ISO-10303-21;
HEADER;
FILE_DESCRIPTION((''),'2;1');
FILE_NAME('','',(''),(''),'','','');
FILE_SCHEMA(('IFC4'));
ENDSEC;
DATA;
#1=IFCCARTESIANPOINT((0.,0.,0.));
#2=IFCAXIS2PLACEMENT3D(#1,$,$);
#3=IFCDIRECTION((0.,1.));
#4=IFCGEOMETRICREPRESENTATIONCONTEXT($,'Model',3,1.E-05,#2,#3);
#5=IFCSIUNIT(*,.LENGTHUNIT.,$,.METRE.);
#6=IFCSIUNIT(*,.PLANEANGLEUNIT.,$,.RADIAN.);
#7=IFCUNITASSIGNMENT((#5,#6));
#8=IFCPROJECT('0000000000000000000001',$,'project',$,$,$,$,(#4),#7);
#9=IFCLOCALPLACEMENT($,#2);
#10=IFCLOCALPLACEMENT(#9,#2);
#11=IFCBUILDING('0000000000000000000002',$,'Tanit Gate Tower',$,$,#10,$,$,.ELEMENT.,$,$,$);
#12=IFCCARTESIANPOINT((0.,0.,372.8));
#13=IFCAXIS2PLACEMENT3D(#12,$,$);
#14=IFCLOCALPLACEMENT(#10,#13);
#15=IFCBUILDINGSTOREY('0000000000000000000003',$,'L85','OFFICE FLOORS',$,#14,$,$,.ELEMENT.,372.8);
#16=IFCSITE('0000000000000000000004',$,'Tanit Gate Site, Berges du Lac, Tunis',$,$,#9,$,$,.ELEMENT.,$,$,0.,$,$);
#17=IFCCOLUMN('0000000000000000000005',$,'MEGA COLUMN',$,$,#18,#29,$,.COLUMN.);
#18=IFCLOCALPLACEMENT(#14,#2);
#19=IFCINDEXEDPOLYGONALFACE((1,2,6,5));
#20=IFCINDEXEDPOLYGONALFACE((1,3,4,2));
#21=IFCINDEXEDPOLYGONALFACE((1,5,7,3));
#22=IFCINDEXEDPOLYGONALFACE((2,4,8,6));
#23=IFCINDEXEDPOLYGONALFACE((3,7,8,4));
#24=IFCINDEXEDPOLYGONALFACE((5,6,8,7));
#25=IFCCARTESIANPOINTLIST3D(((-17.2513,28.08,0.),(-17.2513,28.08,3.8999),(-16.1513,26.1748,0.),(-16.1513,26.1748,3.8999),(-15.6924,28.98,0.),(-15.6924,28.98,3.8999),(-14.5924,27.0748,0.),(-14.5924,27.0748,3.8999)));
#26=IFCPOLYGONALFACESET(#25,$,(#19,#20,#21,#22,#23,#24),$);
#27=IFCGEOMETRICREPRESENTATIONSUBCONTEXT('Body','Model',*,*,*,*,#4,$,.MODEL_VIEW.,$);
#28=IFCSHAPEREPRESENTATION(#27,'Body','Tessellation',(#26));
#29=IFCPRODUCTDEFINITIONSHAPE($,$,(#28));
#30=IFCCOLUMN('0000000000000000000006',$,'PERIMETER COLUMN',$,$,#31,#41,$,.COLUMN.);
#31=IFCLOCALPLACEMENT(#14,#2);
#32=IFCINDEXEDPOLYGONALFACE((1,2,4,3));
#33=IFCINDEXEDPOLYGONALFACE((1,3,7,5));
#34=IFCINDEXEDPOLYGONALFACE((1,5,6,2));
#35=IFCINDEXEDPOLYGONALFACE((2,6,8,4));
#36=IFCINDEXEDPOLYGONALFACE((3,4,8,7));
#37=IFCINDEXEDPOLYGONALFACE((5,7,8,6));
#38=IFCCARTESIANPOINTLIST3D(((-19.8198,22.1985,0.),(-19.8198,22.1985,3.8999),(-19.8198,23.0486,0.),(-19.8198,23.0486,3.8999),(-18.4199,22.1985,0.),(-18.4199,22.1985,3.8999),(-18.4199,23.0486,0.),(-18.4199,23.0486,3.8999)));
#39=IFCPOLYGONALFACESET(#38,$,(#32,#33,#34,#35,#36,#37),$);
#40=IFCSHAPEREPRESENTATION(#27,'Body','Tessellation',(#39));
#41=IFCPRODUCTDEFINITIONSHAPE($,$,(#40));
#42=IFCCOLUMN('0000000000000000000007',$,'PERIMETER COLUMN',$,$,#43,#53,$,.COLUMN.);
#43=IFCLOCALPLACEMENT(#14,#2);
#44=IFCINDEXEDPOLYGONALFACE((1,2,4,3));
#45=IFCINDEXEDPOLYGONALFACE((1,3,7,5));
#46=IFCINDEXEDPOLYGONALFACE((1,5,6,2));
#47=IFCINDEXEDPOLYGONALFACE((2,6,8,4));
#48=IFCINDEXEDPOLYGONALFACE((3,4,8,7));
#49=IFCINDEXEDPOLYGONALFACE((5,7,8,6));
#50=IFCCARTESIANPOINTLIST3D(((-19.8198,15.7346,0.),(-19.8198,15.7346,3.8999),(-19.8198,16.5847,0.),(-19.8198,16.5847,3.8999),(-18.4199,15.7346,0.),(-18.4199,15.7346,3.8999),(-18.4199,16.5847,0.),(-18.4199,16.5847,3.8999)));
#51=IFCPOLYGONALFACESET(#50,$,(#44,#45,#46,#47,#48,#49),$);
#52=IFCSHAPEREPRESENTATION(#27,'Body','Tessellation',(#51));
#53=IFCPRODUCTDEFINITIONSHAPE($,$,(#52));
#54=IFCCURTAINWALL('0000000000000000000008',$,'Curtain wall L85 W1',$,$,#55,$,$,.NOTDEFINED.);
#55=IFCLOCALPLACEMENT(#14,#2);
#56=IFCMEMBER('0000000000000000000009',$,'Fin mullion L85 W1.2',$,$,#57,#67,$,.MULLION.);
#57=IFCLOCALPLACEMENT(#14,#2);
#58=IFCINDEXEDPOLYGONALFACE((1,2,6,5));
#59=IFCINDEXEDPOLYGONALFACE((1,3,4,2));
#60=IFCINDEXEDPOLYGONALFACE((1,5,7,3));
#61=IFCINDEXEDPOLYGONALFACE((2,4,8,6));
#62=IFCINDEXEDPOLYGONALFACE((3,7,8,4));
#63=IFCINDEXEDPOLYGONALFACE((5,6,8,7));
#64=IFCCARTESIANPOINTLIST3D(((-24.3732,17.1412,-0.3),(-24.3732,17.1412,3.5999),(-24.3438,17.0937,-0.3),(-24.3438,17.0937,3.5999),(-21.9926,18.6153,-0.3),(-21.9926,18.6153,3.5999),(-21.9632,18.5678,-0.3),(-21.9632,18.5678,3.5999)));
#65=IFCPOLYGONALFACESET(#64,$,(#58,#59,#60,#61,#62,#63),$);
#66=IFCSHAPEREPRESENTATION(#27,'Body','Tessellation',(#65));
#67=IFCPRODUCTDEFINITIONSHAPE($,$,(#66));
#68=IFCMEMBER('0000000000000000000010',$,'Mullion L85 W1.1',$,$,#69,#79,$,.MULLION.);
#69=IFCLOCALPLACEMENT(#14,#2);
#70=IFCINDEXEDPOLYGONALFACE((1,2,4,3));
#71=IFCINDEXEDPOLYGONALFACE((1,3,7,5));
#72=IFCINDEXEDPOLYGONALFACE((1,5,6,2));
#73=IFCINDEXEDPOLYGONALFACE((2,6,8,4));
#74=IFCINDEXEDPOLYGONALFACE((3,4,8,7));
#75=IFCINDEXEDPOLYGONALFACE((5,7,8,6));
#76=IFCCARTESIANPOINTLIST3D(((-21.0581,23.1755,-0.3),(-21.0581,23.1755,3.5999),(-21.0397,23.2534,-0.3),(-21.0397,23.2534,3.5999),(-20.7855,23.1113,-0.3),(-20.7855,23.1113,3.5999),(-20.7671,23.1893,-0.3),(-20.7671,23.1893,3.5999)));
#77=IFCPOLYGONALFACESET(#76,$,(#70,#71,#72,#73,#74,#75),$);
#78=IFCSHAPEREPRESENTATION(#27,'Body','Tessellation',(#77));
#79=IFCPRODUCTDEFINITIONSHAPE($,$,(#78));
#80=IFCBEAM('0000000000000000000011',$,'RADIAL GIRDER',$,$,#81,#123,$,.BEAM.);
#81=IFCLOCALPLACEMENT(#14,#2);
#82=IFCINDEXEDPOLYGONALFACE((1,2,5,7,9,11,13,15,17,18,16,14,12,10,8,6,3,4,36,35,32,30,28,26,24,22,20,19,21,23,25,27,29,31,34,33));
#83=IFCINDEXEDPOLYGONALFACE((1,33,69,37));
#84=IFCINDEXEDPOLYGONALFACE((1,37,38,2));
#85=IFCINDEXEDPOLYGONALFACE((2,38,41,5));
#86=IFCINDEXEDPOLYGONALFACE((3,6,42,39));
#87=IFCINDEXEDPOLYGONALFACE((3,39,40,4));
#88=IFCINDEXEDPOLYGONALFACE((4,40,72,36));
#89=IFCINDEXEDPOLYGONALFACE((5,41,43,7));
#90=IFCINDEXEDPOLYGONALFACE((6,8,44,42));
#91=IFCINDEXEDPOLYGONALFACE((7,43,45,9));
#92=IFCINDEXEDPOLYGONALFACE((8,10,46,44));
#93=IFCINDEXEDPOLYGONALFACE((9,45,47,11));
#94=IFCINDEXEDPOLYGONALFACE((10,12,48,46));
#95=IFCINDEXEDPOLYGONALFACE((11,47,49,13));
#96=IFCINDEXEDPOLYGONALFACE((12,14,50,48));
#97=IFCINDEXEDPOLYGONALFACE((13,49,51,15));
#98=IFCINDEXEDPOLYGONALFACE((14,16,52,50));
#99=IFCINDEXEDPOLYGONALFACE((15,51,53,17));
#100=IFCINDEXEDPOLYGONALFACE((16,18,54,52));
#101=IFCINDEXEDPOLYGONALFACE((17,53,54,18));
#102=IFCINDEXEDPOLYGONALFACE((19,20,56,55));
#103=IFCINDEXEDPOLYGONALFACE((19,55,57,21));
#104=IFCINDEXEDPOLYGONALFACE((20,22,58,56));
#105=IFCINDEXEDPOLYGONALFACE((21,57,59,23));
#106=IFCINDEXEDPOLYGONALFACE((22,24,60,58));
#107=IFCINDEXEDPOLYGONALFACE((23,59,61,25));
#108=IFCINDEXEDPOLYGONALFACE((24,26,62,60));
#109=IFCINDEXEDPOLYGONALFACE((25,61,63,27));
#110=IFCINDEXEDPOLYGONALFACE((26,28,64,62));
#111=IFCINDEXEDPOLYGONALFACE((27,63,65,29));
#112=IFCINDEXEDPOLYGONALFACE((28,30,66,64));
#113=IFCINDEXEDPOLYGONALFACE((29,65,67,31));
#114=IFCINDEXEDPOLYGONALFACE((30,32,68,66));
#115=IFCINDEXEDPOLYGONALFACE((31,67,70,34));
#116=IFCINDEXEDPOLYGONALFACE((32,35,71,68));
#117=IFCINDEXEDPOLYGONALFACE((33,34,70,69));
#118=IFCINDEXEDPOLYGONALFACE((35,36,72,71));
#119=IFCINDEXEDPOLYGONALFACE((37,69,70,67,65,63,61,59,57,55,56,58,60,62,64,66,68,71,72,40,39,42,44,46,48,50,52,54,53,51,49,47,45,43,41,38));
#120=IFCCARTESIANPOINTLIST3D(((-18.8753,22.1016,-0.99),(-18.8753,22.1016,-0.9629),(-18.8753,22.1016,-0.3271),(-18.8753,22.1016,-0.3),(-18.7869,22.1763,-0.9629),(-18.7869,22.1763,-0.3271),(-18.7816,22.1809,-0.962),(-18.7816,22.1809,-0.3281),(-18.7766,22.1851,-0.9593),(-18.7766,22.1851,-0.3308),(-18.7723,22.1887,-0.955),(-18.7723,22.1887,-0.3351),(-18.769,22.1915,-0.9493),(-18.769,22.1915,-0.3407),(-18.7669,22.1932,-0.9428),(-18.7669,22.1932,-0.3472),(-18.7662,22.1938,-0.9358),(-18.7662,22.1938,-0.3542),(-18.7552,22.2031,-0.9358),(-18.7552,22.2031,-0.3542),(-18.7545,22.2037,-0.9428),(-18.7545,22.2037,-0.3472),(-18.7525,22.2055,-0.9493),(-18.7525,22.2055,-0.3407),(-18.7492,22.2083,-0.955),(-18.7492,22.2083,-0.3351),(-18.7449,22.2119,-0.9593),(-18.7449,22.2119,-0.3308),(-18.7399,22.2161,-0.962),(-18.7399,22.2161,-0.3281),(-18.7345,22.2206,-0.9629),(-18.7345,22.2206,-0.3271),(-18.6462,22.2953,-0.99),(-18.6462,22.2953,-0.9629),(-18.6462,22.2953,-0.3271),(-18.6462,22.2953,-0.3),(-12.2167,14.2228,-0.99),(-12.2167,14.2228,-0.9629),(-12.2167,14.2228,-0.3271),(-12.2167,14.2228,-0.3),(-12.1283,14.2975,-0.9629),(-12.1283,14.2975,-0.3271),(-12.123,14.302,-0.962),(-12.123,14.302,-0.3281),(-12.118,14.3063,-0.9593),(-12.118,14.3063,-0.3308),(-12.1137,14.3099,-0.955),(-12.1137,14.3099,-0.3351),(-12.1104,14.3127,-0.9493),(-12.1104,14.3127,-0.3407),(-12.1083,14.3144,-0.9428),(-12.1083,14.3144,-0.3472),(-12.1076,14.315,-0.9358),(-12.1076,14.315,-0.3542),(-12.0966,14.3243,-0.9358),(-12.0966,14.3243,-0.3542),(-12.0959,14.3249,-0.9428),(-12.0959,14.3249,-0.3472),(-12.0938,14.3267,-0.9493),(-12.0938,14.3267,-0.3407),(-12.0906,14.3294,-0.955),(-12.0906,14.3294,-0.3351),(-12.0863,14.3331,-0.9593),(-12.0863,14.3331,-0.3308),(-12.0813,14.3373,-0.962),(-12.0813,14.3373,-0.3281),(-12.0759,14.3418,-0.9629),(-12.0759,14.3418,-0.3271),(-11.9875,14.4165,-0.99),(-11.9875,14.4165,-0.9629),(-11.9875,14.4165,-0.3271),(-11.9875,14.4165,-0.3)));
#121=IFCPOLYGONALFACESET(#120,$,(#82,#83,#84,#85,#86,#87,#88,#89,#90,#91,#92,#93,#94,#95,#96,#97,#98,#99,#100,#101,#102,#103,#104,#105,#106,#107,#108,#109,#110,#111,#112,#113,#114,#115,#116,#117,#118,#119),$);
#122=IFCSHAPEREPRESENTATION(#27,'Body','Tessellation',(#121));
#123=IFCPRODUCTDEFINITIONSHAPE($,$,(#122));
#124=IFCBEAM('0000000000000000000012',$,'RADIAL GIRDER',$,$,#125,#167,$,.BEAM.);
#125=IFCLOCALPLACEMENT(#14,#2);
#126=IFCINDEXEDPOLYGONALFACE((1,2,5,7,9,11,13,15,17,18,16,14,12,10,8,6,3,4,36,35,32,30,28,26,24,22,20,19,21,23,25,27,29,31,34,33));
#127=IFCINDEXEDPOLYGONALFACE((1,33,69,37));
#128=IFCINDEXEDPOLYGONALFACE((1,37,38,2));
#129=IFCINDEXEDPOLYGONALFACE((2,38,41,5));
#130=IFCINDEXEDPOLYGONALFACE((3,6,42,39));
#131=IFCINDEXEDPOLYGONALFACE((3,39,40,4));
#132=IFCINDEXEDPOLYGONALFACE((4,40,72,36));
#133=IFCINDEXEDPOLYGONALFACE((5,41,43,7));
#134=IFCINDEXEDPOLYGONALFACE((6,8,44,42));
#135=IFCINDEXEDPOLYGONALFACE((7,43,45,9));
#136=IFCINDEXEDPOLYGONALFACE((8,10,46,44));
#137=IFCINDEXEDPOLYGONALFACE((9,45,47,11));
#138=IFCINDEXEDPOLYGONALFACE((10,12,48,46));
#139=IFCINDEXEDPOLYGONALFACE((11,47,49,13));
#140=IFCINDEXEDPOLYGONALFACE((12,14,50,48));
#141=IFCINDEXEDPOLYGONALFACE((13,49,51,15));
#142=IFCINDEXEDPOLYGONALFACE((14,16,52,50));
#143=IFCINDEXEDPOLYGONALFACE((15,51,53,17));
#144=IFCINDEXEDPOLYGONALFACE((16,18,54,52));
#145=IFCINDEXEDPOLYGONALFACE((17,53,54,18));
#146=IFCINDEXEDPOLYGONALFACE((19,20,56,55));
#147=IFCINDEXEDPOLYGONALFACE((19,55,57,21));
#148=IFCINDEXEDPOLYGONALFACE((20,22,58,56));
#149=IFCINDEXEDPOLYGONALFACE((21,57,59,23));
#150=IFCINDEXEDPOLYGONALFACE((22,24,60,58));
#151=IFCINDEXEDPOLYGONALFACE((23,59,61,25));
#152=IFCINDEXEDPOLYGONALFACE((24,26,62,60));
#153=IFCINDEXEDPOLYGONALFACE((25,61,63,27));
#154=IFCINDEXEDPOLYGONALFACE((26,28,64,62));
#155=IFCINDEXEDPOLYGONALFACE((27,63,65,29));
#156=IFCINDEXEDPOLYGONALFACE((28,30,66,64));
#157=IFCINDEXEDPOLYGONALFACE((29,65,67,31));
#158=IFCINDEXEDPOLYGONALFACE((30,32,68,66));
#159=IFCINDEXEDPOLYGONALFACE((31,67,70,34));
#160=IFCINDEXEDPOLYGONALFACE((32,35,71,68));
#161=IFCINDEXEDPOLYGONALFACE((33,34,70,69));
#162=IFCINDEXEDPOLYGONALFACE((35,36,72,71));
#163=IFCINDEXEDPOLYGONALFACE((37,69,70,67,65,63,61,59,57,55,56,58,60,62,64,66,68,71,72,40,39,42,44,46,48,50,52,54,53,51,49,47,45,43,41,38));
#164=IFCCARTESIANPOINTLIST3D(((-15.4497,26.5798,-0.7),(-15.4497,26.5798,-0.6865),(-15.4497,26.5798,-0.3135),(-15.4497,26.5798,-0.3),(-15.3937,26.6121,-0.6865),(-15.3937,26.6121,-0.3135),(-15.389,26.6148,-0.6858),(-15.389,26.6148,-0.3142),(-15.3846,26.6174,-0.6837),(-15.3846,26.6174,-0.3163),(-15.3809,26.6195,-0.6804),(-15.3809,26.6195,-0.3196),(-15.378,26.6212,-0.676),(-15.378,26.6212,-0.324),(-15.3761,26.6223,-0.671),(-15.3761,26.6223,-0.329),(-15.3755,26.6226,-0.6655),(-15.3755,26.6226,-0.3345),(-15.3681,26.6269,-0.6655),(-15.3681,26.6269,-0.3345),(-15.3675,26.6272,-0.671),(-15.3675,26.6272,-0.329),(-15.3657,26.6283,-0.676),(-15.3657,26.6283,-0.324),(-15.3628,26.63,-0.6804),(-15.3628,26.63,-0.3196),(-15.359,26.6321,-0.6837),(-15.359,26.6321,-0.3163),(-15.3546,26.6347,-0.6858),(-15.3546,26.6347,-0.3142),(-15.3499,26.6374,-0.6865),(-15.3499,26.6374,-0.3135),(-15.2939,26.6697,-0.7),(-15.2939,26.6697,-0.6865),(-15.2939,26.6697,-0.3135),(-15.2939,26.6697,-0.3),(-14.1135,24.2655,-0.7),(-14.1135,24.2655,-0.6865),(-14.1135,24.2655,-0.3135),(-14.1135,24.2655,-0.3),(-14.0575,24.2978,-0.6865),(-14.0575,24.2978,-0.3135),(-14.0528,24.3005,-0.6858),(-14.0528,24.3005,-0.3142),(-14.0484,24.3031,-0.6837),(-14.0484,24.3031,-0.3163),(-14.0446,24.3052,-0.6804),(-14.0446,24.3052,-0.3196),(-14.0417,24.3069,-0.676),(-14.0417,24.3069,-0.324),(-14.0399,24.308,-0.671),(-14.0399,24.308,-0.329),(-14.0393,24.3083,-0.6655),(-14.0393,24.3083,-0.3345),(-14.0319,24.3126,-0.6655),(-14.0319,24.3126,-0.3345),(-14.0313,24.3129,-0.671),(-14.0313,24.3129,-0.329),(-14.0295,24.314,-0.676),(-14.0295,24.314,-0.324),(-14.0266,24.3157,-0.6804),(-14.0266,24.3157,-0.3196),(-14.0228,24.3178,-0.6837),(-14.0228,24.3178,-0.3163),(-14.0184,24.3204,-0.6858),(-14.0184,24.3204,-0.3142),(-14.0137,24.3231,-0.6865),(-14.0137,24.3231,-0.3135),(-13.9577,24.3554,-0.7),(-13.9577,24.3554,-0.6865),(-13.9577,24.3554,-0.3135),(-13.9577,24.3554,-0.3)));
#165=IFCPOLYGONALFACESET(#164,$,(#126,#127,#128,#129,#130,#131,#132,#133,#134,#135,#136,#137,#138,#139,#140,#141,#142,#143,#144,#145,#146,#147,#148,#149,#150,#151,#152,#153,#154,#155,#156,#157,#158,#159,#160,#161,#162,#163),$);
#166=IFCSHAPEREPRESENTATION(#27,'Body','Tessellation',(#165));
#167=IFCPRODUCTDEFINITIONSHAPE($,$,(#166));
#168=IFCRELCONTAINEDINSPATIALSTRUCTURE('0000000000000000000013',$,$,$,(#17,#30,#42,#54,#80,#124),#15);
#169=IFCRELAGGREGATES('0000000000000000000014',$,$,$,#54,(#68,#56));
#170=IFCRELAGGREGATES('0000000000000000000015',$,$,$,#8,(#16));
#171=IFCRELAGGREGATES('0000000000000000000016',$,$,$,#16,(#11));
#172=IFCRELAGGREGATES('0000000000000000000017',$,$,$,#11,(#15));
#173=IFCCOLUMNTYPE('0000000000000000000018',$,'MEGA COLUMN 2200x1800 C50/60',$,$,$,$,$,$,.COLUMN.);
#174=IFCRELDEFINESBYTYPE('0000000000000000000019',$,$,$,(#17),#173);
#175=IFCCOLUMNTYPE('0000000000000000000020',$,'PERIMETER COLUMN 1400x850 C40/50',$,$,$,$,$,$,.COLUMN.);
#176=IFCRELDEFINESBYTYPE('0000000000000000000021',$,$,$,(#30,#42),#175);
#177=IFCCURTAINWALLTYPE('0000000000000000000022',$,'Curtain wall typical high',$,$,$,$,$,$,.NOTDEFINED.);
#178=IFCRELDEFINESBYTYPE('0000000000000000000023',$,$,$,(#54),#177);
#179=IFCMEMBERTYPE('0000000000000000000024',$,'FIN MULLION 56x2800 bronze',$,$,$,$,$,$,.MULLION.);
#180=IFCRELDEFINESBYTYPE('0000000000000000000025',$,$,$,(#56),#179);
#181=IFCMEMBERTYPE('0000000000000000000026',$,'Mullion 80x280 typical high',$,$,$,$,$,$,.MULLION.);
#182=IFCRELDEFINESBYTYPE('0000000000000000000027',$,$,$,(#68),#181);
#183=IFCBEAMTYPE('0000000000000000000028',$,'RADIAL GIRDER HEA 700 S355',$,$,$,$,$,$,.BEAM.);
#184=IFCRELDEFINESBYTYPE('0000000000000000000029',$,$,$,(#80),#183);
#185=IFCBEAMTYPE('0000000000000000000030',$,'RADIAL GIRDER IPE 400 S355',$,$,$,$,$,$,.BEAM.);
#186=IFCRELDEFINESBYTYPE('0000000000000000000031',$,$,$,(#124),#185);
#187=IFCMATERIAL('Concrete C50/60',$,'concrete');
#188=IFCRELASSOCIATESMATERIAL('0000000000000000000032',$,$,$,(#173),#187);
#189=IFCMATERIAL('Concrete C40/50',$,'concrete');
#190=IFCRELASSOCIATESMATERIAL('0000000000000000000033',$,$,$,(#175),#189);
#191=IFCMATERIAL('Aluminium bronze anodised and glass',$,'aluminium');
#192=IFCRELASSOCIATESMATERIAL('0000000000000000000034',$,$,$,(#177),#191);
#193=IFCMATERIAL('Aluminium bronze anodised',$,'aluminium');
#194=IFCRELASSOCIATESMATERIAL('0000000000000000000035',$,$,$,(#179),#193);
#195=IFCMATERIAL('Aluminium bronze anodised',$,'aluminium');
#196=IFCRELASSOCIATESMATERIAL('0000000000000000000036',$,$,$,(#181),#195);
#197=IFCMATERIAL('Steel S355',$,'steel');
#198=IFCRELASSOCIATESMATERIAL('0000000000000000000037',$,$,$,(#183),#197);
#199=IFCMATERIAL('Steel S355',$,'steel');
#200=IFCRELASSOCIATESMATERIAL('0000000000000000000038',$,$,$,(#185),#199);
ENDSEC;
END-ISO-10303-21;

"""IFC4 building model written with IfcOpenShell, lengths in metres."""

from ifc_helpers import new_model, si_unit, direction, frame, origin, origin_2d, place, context, subcontext, project, spatial, rectangle, i_section, extrude, material, material_profile, profile_set, type_object, element, aggregate, save


model = new_model("IFC4")

# Units and contexts
model_context = context("Model", 3, precision=1e-05, world=origin(), true_north=direction((0.0, 1.0)))
body_context = subcontext(model_context, "Body", "Model", "MODEL_VIEW")
ifc_project = project(units=[si_unit("LENGTHUNIT", "METRE"), si_unit("PLANEANGLEUNIT", "RADIAN")], contexts=[model_context])

# Site, building, storey
site_placement = place(None, origin())
site = spatial("IfcSite", under=ifc_project, at=site_placement, Name="Tanit Gate Site, Berges du Lac, Tunis", CompositionType="ELEMENT", RefElevation=0.0)
building_placement = place(site_placement, origin())
building = spatial("IfcBuilding", under=site, at=building_placement, Name="Tanit Gate Tower", CompositionType="ELEMENT")
storey_placement = place(building_placement, frame((0.0, 0.0, 372.8)))
storey = spatial("IfcBuildingStorey", under=building, at=storey_placement, Name="L85", Description="OFFICE FLOORS", CompositionType="ELEMENT", Elevation=372.8)

# Columns
ifc_material_1 = material(Name="Concrete C50/60", Category="concrete")
ifc_material_profile_1 = material_profile(ifc_material_1, rectangle(XDim=2.2, YDim=1.8, at=origin_2d()), Name="RC 2200x1800")
ifc_profile_set_1 = profile_set([ifc_material_profile_1], Name="Concrete C50/60")
column_type_1 = type_object("IfcColumnType", Name="MEGA COLUMN 2200x1800 C50/60", PredefinedType="COLUMN", material=ifc_profile_set_1)
column_placement = place(storey_placement, frame((-15.9219, 27.5774, 0.0), z_axis=(0.0, 0.0, 1.0), x_axis=(-0.5, 0.866025, 0.0)))
element("IfcColumn", 1, at=column_placement, inside=storey, type_object=column_type_1, Name="MEGA COLUMN", PredefinedType="COLUMN", context=body_context, shape_type="SweptSolid", body=[
    extrude(rectangle(XDim=2.2, YDim=1.8, at=origin_2d()), origin(), (0.0, 0.0, 1.0), 3.8999),
])
ifc_material_2 = material(Name="Concrete C40/50", Category="concrete")
ifc_material_profile_2 = material_profile(ifc_material_2, rectangle(XDim=1.3999, YDim=0.8501, at=origin_2d()), Name="RC 1400x850")
ifc_profile_set_2 = profile_set([ifc_material_profile_2], Name="Concrete C40/50")
column_type_2 = type_object("IfcColumnType", Name="PERIMETER COLUMN 1400x850 C40/50", PredefinedType="COLUMN", material=ifc_profile_set_2)
for number, where, z_axis, x_axis, name in (
    (2, (-19.1199, 22.6235, 0.0), (0.0, 0.0, 1.0), (-1.0, 0.0, 0.0), "PERIMETER COLUMN"),
    (3, (-19.1199, 16.1597, 0.0), (0.0, 0.0, 1.0), (-1.0, 0.0, 0.0), "PERIMETER COLUMN"),
):
    element("IfcColumn", number, at=place(storey_placement, frame(where, z_axis=z_axis, x_axis=x_axis)), inside=storey, type_object=column_type_2, Name=name, PredefinedType="COLUMN", context=body_context, shape_type="SweptSolid", body=[
        extrude(rectangle(XDim=1.3999, YDim=0.8501, at=origin_2d()), origin(), (0.0, 0.0, 1.0), 3.8999),
    ])

# Curtain wall, members
ifc_material_3 = material(Name="Aluminium bronze anodised and glass", Category="aluminium")
curtain_wall_type = type_object("IfcCurtainWallType", Name="Curtain wall typical high", PredefinedType="NOTDEFINED", material=ifc_material_3)
curtain_wall_placement = place(storey_placement, origin())
curtain_wall = element("IfcCurtainWall", 4, at=curtain_wall_placement, inside=storey, type_object=curtain_wall_type, Name="Curtain wall L85 W1", PredefinedType="NOTDEFINED")
ifc_material_4 = material(Name="Aluminium bronze anodised", Category="aluminium")
ifc_material_profile_3 = material_profile(ifc_material_4, rectangle(XDim=2.8, YDim=0.0559, at=origin_2d()), Name="56x2800 bronze fin mullion")
ifc_profile_set_3 = profile_set([ifc_material_profile_3], Name="Aluminium bronze anodised")
member_type_1 = type_object("IfcMemberType", Name="FIN MULLION 56x2800 bronze", PredefinedType="MULLION", material=ifc_profile_set_3)
member_1_placement = place(storey_placement, frame((-23.1682, 17.8545, -0.3), z_axis=(0.0, 0.0, 1.0), x_axis=(0.850209, 0.526445, 0.0)))
member_1 = element("IfcMember", 5, at=member_1_placement, type_object=member_type_1, Name="Fin mullion L85 W1.2", PredefinedType="MULLION", context=body_context, shape_type="SweptSolid", body=[
    extrude(rectangle(XDim=2.8, YDim=0.0559, at=origin_2d()), origin(), (0.0, 0.0, 1.0), 3.8999),
])
ifc_material_5 = material(Name="Aluminium bronze anodised", Category="aluminium")
ifc_material_profile_4 = material_profile(ifc_material_5, rectangle(XDim=0.28, YDim=0.0801, at=origin_2d()), Name="80x280 bronze mullion")
ifc_profile_set_4 = profile_set([ifc_material_profile_4], Name="Aluminium bronze anodised")
member_type_2 = type_object("IfcMemberType", Name="Mullion 80x280 typical high", PredefinedType="MULLION", material=ifc_profile_set_4)
member_2_placement = place(storey_placement, frame((-20.9126, 23.1824, -0.3), z_axis=(0.0, 0.0, 1.0), x_axis=(0.973441, -0.228936, 0.0)))
member_2 = element("IfcMember", 6, at=member_2_placement, type_object=member_type_2, Name="Mullion L85 W1.1", PredefinedType="MULLION", context=body_context, shape_type="SweptSolid", body=[
    extrude(rectangle(XDim=0.28, YDim=0.0801, at=origin_2d()), origin(), (0.0, 0.0, 1.0), 3.8999),
])

# Beams
ifc_material_6 = material(Name="Steel S355", Category="steel")
ifc_material_profile_5 = material_profile(ifc_material_6, i_section(OverallWidth=0.3, OverallDepth=0.6899, WebThickness=0.0144, FlangeThickness=0.0271, FilletRadius=0.0271, at=origin_2d()), Name="HEA 700")
ifc_profile_set_5 = profile_set([ifc_material_profile_5], Name="Steel S355")
beam_type_1 = type_object("IfcBeamType", Name="RADIAL GIRDER HEA 700 S355", PredefinedType="BEAM", material=ifc_profile_set_5)
beam_1_placement = place(storey_placement, frame((-18.7607, 22.1985, -0.645), z_axis=(0.645486, -0.763772, 0.0), x_axis=(0.763772, 0.645486, 0.0)))
element("IfcBeam", 7, at=beam_1_placement, inside=storey, type_object=beam_type_1, Name="RADIAL GIRDER", PredefinedType="BEAM", context=body_context, shape_type="SweptSolid", body=[
    extrude(i_section(OverallWidth=0.3, OverallDepth=0.6899, WebThickness=0.0144, FlangeThickness=0.0271, FilletRadius=0.0271, at=origin_2d()), origin(), (0.0, 0.0, 1.0), 10.3157),
])
ifc_material_7 = material(Name="Steel S355", Category="steel")
ifc_material_profile_6 = material_profile(ifc_material_7, i_section(OverallWidth=0.1799, OverallDepth=0.3999, WebThickness=0.0085, FlangeThickness=0.0134, FilletRadius=0.021, at=origin_2d()), Name="IPE 400")
ifc_profile_set_6 = profile_set([ifc_material_profile_6], Name="Steel S355")
beam_type_2 = type_object("IfcBeamType", Name="RADIAL GIRDER IPE 400 S355", PredefinedType="BEAM", material=ifc_profile_set_6)
beam_2_placement = place(storey_placement, frame((-15.3718, 26.6248, -0.5), z_axis=(0.50002, -0.866014, 0.0), x_axis=(0.866014, 0.50002, 0.0)))
element("IfcBeam", 8, at=beam_2_placement, inside=storey, type_object=beam_type_2, Name="RADIAL GIRDER", PredefinedType="BEAM", context=body_context, shape_type="SweptSolid", body=[
    extrude(i_section(OverallWidth=0.1799, OverallDepth=0.3999, WebThickness=0.0085, FlangeThickness=0.0134, FilletRadius=0.021, at=origin_2d()), origin(), (0.0, 0.0, 1.0), 2.6724),
])

aggregate(curtain_wall, [member_2, member_1])

save(model, "model.ifc")
